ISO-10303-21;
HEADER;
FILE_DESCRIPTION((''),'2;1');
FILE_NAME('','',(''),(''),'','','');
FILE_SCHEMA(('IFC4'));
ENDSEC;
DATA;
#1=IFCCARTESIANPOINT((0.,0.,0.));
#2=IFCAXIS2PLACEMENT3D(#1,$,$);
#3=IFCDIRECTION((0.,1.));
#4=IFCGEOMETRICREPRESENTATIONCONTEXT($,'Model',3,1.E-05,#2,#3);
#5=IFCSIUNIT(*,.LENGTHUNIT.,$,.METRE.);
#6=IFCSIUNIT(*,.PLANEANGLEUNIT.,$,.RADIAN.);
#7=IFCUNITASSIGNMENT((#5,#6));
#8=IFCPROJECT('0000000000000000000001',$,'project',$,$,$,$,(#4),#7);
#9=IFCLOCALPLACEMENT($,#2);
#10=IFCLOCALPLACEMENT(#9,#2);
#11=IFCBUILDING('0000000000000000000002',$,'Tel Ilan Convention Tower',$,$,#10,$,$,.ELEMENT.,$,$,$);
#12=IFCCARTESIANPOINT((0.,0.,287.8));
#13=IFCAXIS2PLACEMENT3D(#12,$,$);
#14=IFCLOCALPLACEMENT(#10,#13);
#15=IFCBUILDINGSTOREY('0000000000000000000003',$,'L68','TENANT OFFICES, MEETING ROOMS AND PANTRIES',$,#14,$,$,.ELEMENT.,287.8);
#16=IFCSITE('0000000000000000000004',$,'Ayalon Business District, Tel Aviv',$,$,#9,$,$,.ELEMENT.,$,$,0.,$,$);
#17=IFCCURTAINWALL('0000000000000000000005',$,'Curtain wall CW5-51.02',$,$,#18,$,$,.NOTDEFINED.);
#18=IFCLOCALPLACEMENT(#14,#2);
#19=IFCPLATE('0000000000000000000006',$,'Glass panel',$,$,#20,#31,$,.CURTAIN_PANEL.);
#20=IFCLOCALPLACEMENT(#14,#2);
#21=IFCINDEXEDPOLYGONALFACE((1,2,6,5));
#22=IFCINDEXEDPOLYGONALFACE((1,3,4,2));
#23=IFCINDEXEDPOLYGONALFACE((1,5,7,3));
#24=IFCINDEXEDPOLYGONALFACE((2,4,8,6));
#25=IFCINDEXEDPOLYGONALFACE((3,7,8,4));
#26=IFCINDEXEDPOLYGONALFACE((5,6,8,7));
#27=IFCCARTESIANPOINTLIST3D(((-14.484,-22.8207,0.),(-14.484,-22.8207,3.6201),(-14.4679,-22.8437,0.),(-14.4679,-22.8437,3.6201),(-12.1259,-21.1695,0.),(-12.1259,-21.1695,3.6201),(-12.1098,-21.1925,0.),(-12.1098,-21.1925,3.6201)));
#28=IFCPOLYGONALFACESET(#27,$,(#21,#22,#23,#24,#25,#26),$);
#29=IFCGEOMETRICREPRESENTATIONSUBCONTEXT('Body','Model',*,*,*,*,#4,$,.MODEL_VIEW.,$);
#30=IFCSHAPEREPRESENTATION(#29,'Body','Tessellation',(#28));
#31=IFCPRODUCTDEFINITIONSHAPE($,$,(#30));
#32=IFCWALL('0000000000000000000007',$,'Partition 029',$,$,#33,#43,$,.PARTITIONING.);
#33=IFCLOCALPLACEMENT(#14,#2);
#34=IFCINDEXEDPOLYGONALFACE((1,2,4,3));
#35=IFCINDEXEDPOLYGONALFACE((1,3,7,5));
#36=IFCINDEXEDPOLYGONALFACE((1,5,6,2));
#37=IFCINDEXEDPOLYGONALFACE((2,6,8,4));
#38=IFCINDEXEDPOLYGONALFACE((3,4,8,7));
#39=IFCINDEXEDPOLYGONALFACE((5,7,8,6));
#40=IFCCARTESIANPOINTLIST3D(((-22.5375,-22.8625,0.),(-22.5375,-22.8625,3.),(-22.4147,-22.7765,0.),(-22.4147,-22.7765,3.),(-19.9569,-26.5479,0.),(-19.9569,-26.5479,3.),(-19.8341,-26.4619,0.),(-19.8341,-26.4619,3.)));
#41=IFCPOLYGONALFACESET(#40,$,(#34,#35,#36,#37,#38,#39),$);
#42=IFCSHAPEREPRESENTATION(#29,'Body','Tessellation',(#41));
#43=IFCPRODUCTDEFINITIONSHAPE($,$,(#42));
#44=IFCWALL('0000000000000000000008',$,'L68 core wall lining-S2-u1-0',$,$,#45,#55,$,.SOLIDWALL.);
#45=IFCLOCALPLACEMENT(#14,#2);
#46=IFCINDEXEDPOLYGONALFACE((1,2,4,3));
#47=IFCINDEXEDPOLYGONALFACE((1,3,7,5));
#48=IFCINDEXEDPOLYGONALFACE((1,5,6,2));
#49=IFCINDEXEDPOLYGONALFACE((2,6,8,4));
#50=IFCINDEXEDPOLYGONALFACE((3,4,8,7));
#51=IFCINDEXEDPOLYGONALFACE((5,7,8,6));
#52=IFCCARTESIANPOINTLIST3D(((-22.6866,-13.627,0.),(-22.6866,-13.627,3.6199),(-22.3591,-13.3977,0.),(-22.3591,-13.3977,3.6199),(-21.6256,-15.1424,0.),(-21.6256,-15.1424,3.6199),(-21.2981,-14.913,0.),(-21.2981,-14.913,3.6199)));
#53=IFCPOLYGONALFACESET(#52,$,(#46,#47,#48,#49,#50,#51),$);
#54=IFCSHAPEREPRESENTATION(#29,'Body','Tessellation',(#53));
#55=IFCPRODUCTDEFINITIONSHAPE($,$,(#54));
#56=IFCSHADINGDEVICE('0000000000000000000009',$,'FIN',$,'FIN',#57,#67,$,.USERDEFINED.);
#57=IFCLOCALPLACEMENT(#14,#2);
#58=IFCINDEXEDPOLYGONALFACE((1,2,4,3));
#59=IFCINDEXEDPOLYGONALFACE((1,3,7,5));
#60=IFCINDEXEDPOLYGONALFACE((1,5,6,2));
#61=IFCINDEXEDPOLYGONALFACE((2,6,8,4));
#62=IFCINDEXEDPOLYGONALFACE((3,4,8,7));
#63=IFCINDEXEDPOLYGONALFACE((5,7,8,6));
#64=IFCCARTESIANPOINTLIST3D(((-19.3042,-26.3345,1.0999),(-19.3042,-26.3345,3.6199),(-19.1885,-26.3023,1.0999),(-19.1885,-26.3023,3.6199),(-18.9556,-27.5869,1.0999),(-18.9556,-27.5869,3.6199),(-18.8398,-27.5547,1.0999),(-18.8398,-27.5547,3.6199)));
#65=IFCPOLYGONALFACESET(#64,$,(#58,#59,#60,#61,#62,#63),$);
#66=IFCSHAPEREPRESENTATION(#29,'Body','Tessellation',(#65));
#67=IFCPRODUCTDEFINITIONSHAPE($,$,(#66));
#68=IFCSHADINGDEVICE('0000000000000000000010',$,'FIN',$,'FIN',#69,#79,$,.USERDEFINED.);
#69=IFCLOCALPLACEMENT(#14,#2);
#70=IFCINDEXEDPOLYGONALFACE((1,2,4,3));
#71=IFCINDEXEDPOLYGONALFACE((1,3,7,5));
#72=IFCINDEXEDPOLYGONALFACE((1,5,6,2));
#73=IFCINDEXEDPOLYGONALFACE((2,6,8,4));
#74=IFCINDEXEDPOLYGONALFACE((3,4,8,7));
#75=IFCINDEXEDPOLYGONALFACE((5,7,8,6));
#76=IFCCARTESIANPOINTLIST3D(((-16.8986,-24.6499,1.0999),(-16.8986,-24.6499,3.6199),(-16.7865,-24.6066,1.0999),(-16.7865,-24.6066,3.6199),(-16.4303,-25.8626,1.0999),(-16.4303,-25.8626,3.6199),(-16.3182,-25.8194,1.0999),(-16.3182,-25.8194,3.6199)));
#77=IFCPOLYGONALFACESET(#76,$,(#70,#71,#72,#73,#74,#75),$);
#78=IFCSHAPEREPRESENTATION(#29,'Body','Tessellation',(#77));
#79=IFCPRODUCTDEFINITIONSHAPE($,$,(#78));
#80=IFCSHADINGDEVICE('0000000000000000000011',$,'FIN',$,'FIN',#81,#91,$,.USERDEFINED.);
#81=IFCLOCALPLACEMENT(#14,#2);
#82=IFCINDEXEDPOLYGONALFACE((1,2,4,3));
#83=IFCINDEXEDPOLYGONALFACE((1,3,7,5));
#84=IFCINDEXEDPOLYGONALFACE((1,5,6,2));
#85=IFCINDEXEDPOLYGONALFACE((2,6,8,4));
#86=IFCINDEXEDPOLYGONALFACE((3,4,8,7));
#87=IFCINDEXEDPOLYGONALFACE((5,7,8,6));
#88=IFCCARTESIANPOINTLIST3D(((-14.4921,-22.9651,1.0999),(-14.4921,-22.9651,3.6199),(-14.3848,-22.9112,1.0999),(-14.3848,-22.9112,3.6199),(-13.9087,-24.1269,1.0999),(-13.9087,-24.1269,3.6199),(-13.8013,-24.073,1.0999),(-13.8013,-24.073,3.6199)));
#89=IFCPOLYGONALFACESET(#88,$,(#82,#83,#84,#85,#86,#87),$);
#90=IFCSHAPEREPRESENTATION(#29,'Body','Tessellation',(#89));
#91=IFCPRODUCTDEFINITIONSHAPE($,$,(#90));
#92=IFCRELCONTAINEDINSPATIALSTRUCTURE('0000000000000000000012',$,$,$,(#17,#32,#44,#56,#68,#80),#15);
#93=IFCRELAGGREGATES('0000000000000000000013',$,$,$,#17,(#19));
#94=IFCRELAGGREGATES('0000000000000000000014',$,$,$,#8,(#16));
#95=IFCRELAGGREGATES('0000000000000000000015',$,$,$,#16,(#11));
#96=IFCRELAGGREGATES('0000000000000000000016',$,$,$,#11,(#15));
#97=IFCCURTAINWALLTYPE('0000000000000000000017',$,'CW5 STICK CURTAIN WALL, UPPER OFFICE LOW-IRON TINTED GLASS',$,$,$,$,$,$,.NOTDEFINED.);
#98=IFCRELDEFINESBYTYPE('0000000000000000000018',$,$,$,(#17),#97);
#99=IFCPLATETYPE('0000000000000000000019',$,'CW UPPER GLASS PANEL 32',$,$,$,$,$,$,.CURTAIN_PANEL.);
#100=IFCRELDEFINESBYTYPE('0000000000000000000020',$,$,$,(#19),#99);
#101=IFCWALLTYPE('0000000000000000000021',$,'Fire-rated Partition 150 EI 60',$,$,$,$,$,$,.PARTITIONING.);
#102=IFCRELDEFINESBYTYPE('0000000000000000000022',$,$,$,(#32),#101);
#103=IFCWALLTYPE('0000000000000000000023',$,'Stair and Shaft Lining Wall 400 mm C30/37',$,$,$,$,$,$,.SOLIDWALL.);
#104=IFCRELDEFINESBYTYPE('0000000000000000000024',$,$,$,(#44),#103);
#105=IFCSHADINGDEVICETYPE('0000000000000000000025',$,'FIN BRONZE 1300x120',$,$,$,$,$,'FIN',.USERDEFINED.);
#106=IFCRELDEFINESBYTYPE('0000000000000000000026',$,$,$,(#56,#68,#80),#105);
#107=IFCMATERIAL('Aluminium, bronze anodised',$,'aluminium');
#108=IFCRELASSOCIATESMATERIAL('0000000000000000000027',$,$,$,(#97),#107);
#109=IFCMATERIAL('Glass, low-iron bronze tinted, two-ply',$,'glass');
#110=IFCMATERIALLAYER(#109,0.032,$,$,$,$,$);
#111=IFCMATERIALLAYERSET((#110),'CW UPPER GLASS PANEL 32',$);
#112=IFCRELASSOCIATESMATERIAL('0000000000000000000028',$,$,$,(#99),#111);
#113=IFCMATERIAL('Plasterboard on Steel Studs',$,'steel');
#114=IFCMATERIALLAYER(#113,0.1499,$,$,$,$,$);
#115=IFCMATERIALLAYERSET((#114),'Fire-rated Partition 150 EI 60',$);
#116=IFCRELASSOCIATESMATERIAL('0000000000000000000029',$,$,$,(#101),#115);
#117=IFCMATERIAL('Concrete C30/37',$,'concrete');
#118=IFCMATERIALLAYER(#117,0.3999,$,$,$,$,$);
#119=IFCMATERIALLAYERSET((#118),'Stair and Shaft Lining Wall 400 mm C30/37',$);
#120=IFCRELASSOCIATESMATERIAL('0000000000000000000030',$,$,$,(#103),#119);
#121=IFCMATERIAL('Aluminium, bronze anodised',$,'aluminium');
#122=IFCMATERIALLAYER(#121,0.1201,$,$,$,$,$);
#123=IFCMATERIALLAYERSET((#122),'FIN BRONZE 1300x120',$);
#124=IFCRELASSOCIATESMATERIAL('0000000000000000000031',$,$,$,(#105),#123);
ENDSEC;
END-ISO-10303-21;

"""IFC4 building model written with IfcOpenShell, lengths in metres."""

from ifc_helpers import new_model, si_unit, direction, frame, frame_2d, origin, origin_2d, place, context, subcontext, project, spatial, rectangle, extrude, material, layer, layer_set, type_object, element, aggregate, save


model = new_model("IFC4")

# Units and contexts
model_context = context("Model", 3, precision=1e-05, world=origin(), true_north=direction((0.0, 1.0)))
body_context = subcontext(model_context, "Body", "Model", "MODEL_VIEW")
ifc_project = project(units=[si_unit("LENGTHUNIT", "METRE"), si_unit("PLANEANGLEUNIT", "RADIAN")], contexts=[model_context])

# Site, building, storey
site_placement = place(None, origin())
site = spatial("IfcSite", under=ifc_project, at=site_placement, Name="Ayalon Business District, Tel Aviv", CompositionType="ELEMENT", RefElevation=0.0)
building_placement = place(site_placement, origin())
building = spatial("IfcBuilding", under=site, at=building_placement, Name="Tel Ilan Convention Tower", CompositionType="ELEMENT")
storey_placement = place(building_placement, frame((0.0, 0.0, 287.8)))
storey = spatial("IfcBuildingStorey", under=building, at=storey_placement, Name="L68", Description="TENANT OFFICES, MEETING ROOMS AND PANTRIES", CompositionType="ELEMENT", Elevation=287.8)

# Curtain wall, plate
ifc_material_1 = material(Name="Aluminium, bronze anodised", Category="aluminium")
curtain_wall_type = type_object("IfcCurtainWallType", Name="CW5 STICK CURTAIN WALL, UPPER OFFICE LOW-IRON TINTED GLASS", PredefinedType="NOTDEFINED", material=ifc_material_1)
curtain_wall_placement = place(storey_placement, origin())
curtain_wall = element("IfcCurtainWall", 1, at=curtain_wall_placement, inside=storey, type_object=curtain_wall_type, Name="Curtain wall CW5-51.02", PredefinedType="NOTDEFINED")
ifc_material_2 = material(Name="Glass, low-iron bronze tinted, two-ply", Category="glass")
ifc_layer_1 = layer(ifc_material_2, 0.032)
ifc_layer_set_1 = layer_set([ifc_layer_1], Name="CW UPPER GLASS PANEL 32")
plate_type = type_object("IfcPlateType", Name="CW UPPER GLASS PANEL 32", PredefinedType="CURTAIN_PANEL", material=ifc_layer_set_1)
plate_1_placement = place(storey_placement, frame((-13.2969, -22.0066, 0.0), z_axis=(0.0, 0.0, 1.0), x_axis=(0.819152, 0.573576, 0.0)))
plate_1 = element("IfcPlate", 2, at=plate_1_placement, type_object=plate_type, Name="Glass panel", PredefinedType="CURTAIN_PANEL", context=body_context, shape_type="SweptSolid", body=[
    extrude(rectangle(XDim=2.8787, YDim=0.0281, at=origin_2d()), origin(), (0.0, 0.0, 1.0), 3.6201),
])
aggregate(curtain_wall, [plate_1])

# Walls
ifc_material_3 = material(Name="Plasterboard on Steel Studs", Category="steel")
ifc_layer_2 = layer(ifc_material_3, 0.1499)
ifc_layer_set_2 = layer_set([ifc_layer_2], Name="Fire-rated Partition 150 EI 60")
wall_type_1 = type_object("IfcWallType", Name="Fire-rated Partition 150 EI 60", PredefinedType="PARTITIONING", material=ifc_layer_set_2)
wall_1_placement = place(storey_placement, frame((-19.8955, -26.5049, 0.0), z_axis=(0.0, 0.0, 1.0), x_axis=(-0.57359, 0.819143, 0.0)))
element("IfcWall", 3, at=wall_1_placement, inside=storey, type_object=wall_type_1, Name="Partition 029", PredefinedType="PARTITIONING", context=body_context, shape_type="SweptSolid", body=[
    extrude(rectangle(XDim=4.499, YDim=0.1499, at=frame_2d((2.2495, 0.0))), origin(), (0.0, 0.0, 1.0), 3.0),
])
ifc_material_4 = material(Name="Concrete C30/37", Category="concrete")
ifc_layer_3 = layer(ifc_material_4, 0.3999)
ifc_layer_set_3 = layer_set([ifc_layer_3], Name="Stair and Shaft Lining Wall 400 mm C30/37")
wall_type_2 = type_object("IfcWallType", Name="Stair and Shaft Lining Wall 400 mm C30/37", PredefinedType="SOLIDWALL", material=ifc_layer_set_3)
wall_2_placement = place(storey_placement, frame((-21.4619, -15.0276, 0.0), z_axis=(0.0, 0.0, 1.0), x_axis=(-0.57356, 0.819164, 0.0)))
element("IfcWall", 4, at=wall_2_placement, inside=storey, type_object=wall_type_2, Name="L68 core wall lining-S2-u1-0", PredefinedType="SOLIDWALL", context=body_context, shape_type="SweptSolid", body=[
    extrude(rectangle(XDim=1.8499, YDim=0.3999, at=frame_2d((0.9248, 0.0))), origin(), (0.0, 0.0, 1.0), 3.6199),
])

# Shading devices
ifc_material_5 = material(Name="Aluminium, bronze anodised", Category="aluminium")
ifc_layer_4 = layer(ifc_material_5, 0.1201)
ifc_layer_set_4 = layer_set([ifc_layer_4], Name="FIN BRONZE 1300x120")
shading_device_type = type_object("IfcShadingDeviceType", Name="FIN BRONZE 1300x120", ElementType="FIN", PredefinedType="USERDEFINED", material=ifc_layer_set_4)
for number, where, z_axis, x_axis, name in (
    (5, (-19.072, -26.9446, 1.0999), (0.0, 0.0, 1.0), (0.268173, -0.963371, 0.0), "FIN"),
    (6, (-16.6084, -25.2346, 1.0999), (0.0, 0.0, 1.0), (0.360178, -0.932884, 0.0), "FIN"),
    (7, (-14.1467, -23.519, 1.0999), (0.0, 0.0, 1.0), (0.448799, -0.893633, 0.0), "FIN"),
):
    element("IfcShadingDevice", number, at=place(storey_placement, frame(where, z_axis=z_axis, x_axis=x_axis)), inside=storey, type_object=shading_device_type, Name=name, ObjectType="FIN", PredefinedType="USERDEFINED", context=body_context, shape_type="SweptSolid", body=[
        extrude(rectangle(XDim=1.3, YDim=0.1201, at=origin_2d()), origin(), (0.0, 0.0, 1.0), 2.52),
    ])

save(model, "model.ifc")
